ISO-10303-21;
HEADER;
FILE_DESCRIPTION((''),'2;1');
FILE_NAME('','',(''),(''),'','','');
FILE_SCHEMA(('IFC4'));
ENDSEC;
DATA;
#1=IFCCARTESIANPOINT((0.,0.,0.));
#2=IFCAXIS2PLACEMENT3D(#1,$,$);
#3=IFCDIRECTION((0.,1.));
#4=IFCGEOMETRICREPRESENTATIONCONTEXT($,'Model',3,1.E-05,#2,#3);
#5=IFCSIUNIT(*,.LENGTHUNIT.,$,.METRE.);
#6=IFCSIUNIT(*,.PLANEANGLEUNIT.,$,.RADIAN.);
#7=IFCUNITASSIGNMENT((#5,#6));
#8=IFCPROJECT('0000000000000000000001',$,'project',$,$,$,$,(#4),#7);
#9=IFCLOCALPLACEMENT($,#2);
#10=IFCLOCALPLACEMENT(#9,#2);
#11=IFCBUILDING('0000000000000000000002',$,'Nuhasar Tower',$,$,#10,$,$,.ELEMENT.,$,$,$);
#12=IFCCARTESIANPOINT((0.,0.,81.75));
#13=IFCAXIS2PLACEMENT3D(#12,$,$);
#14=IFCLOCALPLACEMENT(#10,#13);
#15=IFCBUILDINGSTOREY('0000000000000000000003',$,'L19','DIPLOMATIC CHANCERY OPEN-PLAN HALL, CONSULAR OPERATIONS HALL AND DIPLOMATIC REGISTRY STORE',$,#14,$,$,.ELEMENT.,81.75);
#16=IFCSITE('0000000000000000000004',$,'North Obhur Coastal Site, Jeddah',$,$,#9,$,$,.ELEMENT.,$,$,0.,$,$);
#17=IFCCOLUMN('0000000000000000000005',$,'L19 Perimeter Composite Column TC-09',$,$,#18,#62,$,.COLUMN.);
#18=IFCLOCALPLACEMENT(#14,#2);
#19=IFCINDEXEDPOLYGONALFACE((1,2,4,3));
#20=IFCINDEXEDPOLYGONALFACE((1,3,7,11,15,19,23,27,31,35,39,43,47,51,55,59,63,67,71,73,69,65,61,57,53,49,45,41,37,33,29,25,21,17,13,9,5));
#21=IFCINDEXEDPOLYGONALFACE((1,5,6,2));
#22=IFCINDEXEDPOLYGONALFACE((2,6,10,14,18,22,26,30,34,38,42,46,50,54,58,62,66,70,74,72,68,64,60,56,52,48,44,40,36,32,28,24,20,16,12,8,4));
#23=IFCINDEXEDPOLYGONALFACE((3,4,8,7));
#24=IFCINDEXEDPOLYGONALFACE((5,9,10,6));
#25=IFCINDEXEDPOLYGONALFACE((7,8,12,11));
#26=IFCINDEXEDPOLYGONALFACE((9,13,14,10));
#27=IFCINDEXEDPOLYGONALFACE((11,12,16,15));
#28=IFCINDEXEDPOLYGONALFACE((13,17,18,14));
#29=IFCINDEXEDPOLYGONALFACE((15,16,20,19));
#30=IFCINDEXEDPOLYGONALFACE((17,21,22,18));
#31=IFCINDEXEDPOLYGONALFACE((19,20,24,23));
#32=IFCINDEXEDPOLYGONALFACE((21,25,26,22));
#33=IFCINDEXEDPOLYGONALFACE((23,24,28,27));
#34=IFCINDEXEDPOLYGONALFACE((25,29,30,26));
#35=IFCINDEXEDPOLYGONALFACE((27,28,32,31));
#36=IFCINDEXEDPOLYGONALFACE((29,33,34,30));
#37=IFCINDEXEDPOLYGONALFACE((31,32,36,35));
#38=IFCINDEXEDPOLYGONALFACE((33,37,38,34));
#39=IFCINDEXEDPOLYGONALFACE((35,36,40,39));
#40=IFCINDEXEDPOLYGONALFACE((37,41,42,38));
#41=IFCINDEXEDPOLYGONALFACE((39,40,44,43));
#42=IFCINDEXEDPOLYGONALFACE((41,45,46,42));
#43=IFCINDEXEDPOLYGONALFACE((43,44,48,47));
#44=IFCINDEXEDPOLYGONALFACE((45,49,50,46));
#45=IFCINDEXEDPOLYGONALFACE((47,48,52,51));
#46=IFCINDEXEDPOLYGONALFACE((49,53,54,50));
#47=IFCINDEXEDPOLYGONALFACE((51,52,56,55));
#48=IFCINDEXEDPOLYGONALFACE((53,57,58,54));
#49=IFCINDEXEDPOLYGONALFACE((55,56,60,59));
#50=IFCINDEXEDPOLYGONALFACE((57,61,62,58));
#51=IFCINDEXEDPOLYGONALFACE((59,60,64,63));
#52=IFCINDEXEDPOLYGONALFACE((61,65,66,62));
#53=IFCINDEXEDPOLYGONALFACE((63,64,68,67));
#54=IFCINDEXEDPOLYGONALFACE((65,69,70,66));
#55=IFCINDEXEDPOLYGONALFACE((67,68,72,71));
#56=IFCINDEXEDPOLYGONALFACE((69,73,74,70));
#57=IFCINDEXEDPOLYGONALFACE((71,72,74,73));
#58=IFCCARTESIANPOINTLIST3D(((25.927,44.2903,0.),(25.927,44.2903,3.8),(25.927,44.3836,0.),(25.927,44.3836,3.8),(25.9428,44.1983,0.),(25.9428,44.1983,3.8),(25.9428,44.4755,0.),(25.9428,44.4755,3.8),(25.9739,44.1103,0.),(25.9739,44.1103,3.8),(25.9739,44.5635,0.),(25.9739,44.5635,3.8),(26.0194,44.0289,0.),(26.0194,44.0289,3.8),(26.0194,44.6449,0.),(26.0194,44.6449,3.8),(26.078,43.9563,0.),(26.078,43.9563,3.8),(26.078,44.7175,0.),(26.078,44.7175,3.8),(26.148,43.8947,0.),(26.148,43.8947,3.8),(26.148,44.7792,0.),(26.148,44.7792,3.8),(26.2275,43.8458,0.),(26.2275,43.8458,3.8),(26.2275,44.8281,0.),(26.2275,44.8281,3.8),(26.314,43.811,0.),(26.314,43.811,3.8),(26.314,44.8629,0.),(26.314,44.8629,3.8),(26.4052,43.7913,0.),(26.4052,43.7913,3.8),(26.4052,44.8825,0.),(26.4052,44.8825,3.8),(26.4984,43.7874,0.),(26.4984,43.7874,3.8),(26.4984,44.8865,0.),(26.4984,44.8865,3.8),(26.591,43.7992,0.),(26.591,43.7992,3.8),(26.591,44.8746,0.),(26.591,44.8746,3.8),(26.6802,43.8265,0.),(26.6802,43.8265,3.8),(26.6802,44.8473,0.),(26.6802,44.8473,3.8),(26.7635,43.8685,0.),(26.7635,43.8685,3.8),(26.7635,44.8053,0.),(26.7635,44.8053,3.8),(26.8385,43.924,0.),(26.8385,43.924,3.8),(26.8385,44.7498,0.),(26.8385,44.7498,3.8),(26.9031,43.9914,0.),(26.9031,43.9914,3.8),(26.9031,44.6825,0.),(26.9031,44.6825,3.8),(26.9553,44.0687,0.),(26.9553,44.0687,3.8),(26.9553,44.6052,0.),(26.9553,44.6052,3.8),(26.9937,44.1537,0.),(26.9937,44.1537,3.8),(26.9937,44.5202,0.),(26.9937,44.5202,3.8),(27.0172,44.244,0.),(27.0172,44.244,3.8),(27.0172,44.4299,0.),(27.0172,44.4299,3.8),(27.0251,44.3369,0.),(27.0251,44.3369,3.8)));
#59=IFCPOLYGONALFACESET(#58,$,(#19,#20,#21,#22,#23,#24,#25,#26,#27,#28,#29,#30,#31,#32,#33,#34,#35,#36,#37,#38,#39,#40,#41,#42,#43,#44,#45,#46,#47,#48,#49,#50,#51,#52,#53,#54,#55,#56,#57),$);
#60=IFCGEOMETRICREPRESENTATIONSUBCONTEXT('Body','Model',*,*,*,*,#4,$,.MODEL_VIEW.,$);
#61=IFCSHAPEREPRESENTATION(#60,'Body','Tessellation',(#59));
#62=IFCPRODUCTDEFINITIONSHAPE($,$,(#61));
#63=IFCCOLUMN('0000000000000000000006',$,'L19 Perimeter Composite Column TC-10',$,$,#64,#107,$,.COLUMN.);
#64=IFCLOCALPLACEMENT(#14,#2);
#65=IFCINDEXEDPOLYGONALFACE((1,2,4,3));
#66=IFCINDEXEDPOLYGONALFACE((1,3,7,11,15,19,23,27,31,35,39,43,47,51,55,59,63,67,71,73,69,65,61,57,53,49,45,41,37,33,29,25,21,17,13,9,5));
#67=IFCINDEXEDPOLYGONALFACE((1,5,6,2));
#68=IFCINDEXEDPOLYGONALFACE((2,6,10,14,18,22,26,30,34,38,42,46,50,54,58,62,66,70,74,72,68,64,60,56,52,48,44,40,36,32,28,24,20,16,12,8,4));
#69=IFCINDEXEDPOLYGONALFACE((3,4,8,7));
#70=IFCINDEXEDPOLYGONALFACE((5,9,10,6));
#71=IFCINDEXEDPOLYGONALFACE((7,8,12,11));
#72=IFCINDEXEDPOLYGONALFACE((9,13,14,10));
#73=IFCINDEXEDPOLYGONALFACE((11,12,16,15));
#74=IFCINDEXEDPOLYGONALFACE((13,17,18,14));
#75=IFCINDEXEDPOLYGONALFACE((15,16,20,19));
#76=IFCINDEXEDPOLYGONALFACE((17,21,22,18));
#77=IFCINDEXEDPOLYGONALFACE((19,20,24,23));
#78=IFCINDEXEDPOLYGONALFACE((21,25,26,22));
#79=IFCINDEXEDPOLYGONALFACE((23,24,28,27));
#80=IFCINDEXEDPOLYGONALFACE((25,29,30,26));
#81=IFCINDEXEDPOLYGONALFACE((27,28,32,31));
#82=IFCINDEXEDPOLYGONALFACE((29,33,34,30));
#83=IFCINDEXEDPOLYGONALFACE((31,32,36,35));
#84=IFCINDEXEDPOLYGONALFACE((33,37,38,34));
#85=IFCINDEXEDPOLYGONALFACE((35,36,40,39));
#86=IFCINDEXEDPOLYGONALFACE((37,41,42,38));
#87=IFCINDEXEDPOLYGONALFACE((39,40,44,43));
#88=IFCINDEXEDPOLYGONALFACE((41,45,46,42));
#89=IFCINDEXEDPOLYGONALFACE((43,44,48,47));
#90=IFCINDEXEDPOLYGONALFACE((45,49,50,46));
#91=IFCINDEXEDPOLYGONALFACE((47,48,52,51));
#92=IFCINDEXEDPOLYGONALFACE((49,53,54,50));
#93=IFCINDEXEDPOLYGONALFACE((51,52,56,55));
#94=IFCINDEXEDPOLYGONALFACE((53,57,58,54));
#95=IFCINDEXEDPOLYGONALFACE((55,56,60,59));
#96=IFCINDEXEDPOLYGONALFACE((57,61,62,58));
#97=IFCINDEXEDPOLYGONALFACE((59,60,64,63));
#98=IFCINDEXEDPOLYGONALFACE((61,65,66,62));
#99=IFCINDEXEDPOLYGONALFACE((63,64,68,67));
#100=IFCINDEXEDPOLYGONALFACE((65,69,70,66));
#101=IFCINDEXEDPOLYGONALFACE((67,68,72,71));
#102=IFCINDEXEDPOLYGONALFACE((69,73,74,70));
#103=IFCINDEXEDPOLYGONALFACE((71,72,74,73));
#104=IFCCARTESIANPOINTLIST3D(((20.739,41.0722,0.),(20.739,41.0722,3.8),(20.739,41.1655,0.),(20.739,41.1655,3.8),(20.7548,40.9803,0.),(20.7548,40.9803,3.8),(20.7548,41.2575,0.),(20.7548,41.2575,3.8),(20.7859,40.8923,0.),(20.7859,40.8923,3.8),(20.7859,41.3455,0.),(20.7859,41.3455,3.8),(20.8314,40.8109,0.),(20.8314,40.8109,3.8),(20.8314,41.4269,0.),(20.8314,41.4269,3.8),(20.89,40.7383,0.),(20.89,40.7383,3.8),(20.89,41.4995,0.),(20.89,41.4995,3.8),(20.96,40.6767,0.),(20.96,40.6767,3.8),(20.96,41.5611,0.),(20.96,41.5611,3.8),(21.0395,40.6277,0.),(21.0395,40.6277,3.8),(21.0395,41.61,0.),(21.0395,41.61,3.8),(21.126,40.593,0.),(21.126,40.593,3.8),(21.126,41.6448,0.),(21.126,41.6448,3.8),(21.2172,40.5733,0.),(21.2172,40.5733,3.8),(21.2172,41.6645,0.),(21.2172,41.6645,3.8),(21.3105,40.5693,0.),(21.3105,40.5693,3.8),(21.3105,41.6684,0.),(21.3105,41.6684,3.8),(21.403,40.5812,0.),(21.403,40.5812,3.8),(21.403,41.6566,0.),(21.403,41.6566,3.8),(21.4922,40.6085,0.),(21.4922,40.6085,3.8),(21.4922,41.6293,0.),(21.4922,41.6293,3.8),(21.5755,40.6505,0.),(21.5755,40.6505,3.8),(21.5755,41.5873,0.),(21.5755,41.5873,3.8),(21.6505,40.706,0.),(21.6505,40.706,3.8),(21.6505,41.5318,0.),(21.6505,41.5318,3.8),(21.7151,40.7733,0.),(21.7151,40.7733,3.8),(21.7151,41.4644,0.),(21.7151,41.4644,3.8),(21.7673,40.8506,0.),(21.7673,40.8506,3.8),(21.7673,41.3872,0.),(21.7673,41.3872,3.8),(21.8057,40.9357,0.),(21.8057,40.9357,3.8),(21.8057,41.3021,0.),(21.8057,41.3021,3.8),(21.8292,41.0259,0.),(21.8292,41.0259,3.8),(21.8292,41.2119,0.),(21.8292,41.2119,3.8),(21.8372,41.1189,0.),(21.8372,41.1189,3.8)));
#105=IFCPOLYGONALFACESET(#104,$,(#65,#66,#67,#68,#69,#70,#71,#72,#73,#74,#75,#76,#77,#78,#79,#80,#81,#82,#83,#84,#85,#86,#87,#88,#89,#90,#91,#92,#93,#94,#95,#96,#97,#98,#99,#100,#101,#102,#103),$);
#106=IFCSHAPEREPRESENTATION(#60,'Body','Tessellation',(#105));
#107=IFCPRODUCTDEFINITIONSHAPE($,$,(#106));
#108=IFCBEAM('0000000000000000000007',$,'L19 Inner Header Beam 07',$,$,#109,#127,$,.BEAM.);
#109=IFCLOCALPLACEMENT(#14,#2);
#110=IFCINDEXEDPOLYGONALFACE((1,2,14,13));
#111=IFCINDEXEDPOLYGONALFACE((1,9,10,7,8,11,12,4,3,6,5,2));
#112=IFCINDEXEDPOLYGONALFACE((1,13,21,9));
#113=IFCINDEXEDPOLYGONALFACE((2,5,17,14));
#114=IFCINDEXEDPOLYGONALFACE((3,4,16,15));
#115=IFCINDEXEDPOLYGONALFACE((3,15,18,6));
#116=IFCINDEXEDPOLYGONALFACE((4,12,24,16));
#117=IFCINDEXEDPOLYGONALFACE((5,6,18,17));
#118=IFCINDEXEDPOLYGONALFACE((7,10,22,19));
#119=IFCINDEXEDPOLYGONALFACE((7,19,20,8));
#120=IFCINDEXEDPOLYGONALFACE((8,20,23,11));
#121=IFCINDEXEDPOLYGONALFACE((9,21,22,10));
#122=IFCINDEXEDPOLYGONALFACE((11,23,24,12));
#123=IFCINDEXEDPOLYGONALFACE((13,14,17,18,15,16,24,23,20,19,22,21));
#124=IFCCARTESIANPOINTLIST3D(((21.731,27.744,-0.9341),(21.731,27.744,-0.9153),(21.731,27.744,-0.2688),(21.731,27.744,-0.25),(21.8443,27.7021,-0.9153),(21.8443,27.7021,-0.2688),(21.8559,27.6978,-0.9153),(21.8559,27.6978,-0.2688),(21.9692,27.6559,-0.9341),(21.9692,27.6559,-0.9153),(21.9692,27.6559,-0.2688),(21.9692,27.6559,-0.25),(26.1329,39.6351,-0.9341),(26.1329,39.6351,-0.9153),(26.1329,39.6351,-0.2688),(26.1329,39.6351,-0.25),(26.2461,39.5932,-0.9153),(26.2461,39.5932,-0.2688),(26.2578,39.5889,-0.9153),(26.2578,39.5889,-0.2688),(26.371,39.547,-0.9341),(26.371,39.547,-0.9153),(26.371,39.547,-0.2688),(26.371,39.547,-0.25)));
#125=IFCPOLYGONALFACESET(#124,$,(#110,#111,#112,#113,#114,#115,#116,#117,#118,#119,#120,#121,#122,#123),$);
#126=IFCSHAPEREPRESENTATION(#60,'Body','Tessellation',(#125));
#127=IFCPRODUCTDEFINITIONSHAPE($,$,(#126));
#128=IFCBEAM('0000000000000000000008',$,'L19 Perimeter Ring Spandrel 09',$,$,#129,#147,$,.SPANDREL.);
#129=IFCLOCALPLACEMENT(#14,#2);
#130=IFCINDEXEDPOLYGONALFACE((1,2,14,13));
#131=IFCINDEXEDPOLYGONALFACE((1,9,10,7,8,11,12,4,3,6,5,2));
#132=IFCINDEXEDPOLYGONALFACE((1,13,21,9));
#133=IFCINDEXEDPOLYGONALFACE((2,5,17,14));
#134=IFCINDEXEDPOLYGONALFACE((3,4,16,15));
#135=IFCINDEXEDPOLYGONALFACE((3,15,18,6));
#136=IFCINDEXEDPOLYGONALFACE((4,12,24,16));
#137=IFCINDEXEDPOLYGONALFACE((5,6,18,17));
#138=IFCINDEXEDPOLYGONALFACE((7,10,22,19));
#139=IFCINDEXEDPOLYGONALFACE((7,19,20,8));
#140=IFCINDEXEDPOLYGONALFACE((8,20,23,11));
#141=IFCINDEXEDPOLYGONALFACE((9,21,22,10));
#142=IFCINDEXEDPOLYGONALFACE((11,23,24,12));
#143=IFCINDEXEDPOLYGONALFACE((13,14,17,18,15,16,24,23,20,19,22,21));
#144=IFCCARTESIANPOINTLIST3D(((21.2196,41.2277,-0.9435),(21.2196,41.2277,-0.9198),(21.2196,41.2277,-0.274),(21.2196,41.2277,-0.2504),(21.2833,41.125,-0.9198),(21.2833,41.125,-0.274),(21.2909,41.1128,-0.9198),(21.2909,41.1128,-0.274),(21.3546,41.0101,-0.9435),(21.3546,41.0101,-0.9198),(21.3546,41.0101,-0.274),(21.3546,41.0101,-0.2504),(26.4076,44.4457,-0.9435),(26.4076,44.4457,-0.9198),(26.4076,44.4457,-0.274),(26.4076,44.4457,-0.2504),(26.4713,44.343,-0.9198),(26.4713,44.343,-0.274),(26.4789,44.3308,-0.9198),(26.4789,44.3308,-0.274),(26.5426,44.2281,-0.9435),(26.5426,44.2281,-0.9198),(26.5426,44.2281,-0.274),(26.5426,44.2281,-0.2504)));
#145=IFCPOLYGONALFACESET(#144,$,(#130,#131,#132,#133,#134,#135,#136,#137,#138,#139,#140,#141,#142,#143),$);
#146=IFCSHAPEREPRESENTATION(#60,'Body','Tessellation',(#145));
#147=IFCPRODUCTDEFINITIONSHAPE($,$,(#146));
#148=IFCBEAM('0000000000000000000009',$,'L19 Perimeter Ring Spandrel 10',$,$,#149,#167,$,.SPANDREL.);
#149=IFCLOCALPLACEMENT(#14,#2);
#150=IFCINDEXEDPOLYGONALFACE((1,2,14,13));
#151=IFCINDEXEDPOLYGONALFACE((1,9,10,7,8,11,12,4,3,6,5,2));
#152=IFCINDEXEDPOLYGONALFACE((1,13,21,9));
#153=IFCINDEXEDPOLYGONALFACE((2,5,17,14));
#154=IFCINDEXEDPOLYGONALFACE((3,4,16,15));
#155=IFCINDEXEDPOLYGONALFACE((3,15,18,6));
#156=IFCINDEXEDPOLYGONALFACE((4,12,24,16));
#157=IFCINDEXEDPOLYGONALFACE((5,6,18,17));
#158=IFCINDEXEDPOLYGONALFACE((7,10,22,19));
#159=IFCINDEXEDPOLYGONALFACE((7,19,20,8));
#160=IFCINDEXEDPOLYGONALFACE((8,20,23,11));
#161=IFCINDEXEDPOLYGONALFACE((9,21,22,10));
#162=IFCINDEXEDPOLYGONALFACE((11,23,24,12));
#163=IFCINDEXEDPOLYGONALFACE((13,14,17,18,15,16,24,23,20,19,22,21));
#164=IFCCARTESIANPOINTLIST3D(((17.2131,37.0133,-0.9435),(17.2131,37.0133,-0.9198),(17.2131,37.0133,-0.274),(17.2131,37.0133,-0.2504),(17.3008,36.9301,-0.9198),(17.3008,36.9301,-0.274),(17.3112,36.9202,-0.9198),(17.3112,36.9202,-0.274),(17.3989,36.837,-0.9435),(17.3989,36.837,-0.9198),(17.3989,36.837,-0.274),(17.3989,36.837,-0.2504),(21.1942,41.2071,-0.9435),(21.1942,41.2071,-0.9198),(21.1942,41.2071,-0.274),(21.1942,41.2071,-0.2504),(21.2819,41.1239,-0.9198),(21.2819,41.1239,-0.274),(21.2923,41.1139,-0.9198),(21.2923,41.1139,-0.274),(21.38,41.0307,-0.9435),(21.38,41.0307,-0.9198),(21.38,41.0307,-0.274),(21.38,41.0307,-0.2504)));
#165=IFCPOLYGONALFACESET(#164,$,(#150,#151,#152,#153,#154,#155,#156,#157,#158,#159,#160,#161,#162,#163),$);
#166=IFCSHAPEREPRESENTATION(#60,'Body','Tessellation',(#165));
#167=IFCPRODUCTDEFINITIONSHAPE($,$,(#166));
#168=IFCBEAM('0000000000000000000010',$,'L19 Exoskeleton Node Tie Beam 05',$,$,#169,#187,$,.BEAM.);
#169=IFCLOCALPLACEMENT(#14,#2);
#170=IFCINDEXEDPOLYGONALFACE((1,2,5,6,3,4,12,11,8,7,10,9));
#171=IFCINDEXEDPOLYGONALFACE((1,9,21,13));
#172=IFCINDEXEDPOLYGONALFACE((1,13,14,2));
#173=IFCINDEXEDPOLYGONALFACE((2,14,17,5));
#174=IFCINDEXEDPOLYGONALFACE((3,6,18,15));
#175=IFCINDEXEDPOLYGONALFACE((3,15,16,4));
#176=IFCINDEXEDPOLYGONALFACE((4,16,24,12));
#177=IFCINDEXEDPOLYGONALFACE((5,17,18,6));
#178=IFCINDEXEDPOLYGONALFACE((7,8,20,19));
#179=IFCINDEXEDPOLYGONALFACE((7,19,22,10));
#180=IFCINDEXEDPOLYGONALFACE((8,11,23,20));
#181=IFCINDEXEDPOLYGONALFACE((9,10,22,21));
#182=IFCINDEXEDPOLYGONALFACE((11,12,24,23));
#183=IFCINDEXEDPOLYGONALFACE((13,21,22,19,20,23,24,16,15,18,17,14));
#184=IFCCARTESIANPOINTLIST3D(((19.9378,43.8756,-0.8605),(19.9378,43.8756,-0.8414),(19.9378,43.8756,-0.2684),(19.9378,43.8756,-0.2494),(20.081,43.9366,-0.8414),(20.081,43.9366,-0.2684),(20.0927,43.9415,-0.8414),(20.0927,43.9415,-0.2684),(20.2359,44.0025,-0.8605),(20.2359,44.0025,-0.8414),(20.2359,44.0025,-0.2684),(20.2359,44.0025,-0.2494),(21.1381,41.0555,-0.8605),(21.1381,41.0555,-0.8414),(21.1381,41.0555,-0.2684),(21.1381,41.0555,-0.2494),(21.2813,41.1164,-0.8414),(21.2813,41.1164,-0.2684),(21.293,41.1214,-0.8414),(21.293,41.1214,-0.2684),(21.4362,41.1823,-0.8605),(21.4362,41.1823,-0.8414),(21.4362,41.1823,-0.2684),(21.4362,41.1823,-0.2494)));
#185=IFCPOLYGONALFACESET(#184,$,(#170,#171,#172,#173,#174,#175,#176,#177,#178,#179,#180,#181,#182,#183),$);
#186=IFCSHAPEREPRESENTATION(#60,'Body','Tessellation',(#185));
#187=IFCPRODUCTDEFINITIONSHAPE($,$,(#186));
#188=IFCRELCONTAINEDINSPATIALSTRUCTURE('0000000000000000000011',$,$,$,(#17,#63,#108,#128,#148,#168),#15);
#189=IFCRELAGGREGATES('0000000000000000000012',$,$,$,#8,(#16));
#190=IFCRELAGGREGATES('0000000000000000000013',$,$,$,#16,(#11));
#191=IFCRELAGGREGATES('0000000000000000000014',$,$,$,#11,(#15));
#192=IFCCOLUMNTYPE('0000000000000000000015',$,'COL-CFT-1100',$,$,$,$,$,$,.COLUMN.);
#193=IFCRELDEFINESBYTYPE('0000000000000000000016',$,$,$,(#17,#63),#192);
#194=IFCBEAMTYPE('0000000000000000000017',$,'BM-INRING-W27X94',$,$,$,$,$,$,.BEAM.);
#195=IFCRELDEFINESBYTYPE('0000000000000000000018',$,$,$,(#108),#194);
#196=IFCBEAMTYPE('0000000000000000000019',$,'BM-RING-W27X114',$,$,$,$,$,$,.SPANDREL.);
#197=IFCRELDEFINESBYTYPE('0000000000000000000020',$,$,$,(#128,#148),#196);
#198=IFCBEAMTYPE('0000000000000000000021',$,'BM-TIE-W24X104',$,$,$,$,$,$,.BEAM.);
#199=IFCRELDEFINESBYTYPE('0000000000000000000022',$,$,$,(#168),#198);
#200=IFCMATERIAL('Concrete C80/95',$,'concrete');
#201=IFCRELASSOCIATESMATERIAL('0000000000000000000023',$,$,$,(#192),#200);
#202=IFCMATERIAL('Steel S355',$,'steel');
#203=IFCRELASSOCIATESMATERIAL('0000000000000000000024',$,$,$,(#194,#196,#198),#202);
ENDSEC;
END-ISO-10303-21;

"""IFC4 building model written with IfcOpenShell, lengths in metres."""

from ifc_helpers import new_model, si_unit, direction, frame, origin, origin_2d, place, context, subcontext, project, spatial, circle, i_section, extrude, material, material_profile, profile_set, type_object, element, save


model = new_model("IFC4")

# Units and contexts
model_context = context("Model", 3, precision=1e-05, world=origin(), true_north=direction((0.0, 1.0)))
body_context = subcontext(model_context, "Body", "Model", "MODEL_VIEW")
ifc_project = project(units=[si_unit("LENGTHUNIT", "METRE"), si_unit("PLANEANGLEUNIT", "RADIAN")], contexts=[model_context])

# Site, building, storey
site_placement = place(None, origin())
site = spatial("IfcSite", under=ifc_project, at=site_placement, Name="North Obhur Coastal Site, Jeddah", CompositionType="ELEMENT", RefElevation=0.0)
building_placement = place(site_placement, origin())
building = spatial("IfcBuilding", under=site, at=building_placement, Name="Nuhasar Tower", CompositionType="ELEMENT")
storey_placement = place(building_placement, frame((0.0, 0.0, 81.75)))
storey = spatial("IfcBuildingStorey", under=building, at=storey_placement, Name="L19", Description="DIPLOMATIC CHANCERY OPEN-PLAN HALL, CONSULAR OPERATIONS HALL AND DIPLOMATIC REGISTRY STORE", CompositionType="ELEMENT", Elevation=81.75)

# Columns
ifc_material_1 = material(Name="Concrete C80/95", Category="concrete")
ifc_material_profile_1 = material_profile(ifc_material_1, circle(Radius=0.55, at=origin_2d()), Name="CFT1100")
ifc_profile_set_1 = profile_set([ifc_material_profile_1], Name="Concrete C80/95")
column_type = type_object("IfcColumnType", Name="COL-CFT-1100", PredefinedType="COLUMN", material=ifc_profile_set_1)
for number, where, z_axis, x_axis, name in (
    (1, (26.4751, 44.3369, 0.0), (0.0, 0.0, 1.0), (1.0, 0.0, 0.0), "L19 Perimeter Composite Column TC-09"),
    (2, (21.2871, 41.1189, 0.0), (0.0, 0.0, 1.0), (1.0, 0.0, 0.0), "L19 Perimeter Composite Column TC-10"),
):
    element("IfcColumn", number, at=place(storey_placement, frame(where, z_axis=z_axis, x_axis=x_axis)), inside=storey, type_object=column_type, Name=name, PredefinedType="COLUMN", context=body_context, shape_type="SweptSolid", body=[
        extrude(circle(Radius=0.55, at=origin_2d()), origin(), (0.0, 0.0, 1.0), 3.8),
    ])

# Beams
ifc_material_2 = material(Name="Steel S355", Category="steel")
ifc_material_profile_2 = material_profile(ifc_material_2, i_section(OverallWidth=0.2539, OverallDepth=0.6841, WebThickness=0.0125, FlangeThickness=0.0188, at=origin_2d()), Name="W27X94")
ifc_profile_set_2 = profile_set([ifc_material_profile_2], Name="Steel S355")
beam_type_1 = type_object("IfcBeamType", Name="BM-INRING-W27X94", PredefinedType="BEAM", material=ifc_profile_set_2)
beam_1_placement = place(storey_placement, frame((26.252, 39.5911, -0.592), z_axis=(-0.347158, -0.937807, 0.0), x_axis=(0.937807, -0.347158, 0.0)))
element("IfcBeam", 3, at=beam_1_placement, inside=storey, type_object=beam_type_1, Name="L19 Inner Header Beam 07", PredefinedType="BEAM", context=body_context, shape_type="SweptSolid", body=[
    extrude(i_section(OverallWidth=0.2539, OverallDepth=0.6841, WebThickness=0.0125, FlangeThickness=0.0188, at=origin_2d()), origin(), (0.0, 0.0, 1.0), 12.6797),
])
ifc_material_profile_3 = material_profile(ifc_material_2, i_section(OverallWidth=0.2561, OverallDepth=0.6931, WebThickness=0.0144, FlangeThickness=0.0237, at=origin_2d()), Name="W27X114")
ifc_profile_set_3 = profile_set([ifc_material_profile_3], Name="Steel S355")
beam_type_2 = type_object("IfcBeamType", Name="BM-RING-W27X114", PredefinedType="SPANDREL", material=ifc_profile_set_3)
beam_2_placement = place(storey_placement, frame((26.4751, 44.3369, -0.5969), z_axis=(-0.849795, -0.527113, 0.0), x_axis=(0.527113, -0.849795, 0.0)))
element("IfcBeam", 4, at=beam_2_placement, inside=storey, type_object=beam_type_2, Name="L19 Perimeter Ring Spandrel 09", PredefinedType="SPANDREL", context=body_context, shape_type="SweptSolid", body=[
    extrude(i_section(OverallWidth=0.2561, OverallDepth=0.6931, WebThickness=0.0144, FlangeThickness=0.0237, at=origin_2d()), origin(), (0.0, 0.0, 1.0), 6.105),
])
beam_3_placement = place(storey_placement, frame((21.2871, 41.1189, -0.5969), z_axis=(-0.688481, -0.725254, 0.0), x_axis=(0.725254, -0.688481, 0.0)))
element("IfcBeam", 5, at=beam_3_placement, inside=storey, type_object=beam_type_2, Name="L19 Perimeter Ring Spandrel 10", PredefinedType="SPANDREL", context=body_context, shape_type="SweptSolid", body=[
    extrude(i_section(OverallWidth=0.2561, OverallDepth=0.6931, WebThickness=0.0144, FlangeThickness=0.0237, at=origin_2d()), origin(), (0.0, 0.0, 1.0), 5.7825),
])
ifc_material_profile_4 = material_profile(ifc_material_2, i_section(OverallWidth=0.324, OverallDepth=0.6111, WebThickness=0.0127, FlangeThickness=0.019, at=origin_2d()), Name="W24X104")
ifc_profile_set_4 = profile_set([ifc_material_profile_4], Name="Steel S355")
beam_type_3 = type_object("IfcBeamType", Name="BM-TIE-W24X104", PredefinedType="BEAM", material=ifc_profile_set_4)
beam_4_placement = place(storey_placement, frame((21.2871, 41.1189, -0.5549), z_axis=(-0.391601, 0.920135, 0.0), x_axis=(-0.920135, -0.391601, 0.0)))
element("IfcBeam", 6, at=beam_4_placement, inside=storey, type_object=beam_type_3, Name="L19 Exoskeleton Node Tie Beam 05", PredefinedType="BEAM", context=body_context, shape_type="SweptSolid", body=[
    extrude(i_section(OverallWidth=0.324, OverallDepth=0.6111, WebThickness=0.0127, FlangeThickness=0.019, at=origin_2d()), origin(), (0.0, 0.0, 1.0), 3.0649),
])

save(model, "model.ifc")
